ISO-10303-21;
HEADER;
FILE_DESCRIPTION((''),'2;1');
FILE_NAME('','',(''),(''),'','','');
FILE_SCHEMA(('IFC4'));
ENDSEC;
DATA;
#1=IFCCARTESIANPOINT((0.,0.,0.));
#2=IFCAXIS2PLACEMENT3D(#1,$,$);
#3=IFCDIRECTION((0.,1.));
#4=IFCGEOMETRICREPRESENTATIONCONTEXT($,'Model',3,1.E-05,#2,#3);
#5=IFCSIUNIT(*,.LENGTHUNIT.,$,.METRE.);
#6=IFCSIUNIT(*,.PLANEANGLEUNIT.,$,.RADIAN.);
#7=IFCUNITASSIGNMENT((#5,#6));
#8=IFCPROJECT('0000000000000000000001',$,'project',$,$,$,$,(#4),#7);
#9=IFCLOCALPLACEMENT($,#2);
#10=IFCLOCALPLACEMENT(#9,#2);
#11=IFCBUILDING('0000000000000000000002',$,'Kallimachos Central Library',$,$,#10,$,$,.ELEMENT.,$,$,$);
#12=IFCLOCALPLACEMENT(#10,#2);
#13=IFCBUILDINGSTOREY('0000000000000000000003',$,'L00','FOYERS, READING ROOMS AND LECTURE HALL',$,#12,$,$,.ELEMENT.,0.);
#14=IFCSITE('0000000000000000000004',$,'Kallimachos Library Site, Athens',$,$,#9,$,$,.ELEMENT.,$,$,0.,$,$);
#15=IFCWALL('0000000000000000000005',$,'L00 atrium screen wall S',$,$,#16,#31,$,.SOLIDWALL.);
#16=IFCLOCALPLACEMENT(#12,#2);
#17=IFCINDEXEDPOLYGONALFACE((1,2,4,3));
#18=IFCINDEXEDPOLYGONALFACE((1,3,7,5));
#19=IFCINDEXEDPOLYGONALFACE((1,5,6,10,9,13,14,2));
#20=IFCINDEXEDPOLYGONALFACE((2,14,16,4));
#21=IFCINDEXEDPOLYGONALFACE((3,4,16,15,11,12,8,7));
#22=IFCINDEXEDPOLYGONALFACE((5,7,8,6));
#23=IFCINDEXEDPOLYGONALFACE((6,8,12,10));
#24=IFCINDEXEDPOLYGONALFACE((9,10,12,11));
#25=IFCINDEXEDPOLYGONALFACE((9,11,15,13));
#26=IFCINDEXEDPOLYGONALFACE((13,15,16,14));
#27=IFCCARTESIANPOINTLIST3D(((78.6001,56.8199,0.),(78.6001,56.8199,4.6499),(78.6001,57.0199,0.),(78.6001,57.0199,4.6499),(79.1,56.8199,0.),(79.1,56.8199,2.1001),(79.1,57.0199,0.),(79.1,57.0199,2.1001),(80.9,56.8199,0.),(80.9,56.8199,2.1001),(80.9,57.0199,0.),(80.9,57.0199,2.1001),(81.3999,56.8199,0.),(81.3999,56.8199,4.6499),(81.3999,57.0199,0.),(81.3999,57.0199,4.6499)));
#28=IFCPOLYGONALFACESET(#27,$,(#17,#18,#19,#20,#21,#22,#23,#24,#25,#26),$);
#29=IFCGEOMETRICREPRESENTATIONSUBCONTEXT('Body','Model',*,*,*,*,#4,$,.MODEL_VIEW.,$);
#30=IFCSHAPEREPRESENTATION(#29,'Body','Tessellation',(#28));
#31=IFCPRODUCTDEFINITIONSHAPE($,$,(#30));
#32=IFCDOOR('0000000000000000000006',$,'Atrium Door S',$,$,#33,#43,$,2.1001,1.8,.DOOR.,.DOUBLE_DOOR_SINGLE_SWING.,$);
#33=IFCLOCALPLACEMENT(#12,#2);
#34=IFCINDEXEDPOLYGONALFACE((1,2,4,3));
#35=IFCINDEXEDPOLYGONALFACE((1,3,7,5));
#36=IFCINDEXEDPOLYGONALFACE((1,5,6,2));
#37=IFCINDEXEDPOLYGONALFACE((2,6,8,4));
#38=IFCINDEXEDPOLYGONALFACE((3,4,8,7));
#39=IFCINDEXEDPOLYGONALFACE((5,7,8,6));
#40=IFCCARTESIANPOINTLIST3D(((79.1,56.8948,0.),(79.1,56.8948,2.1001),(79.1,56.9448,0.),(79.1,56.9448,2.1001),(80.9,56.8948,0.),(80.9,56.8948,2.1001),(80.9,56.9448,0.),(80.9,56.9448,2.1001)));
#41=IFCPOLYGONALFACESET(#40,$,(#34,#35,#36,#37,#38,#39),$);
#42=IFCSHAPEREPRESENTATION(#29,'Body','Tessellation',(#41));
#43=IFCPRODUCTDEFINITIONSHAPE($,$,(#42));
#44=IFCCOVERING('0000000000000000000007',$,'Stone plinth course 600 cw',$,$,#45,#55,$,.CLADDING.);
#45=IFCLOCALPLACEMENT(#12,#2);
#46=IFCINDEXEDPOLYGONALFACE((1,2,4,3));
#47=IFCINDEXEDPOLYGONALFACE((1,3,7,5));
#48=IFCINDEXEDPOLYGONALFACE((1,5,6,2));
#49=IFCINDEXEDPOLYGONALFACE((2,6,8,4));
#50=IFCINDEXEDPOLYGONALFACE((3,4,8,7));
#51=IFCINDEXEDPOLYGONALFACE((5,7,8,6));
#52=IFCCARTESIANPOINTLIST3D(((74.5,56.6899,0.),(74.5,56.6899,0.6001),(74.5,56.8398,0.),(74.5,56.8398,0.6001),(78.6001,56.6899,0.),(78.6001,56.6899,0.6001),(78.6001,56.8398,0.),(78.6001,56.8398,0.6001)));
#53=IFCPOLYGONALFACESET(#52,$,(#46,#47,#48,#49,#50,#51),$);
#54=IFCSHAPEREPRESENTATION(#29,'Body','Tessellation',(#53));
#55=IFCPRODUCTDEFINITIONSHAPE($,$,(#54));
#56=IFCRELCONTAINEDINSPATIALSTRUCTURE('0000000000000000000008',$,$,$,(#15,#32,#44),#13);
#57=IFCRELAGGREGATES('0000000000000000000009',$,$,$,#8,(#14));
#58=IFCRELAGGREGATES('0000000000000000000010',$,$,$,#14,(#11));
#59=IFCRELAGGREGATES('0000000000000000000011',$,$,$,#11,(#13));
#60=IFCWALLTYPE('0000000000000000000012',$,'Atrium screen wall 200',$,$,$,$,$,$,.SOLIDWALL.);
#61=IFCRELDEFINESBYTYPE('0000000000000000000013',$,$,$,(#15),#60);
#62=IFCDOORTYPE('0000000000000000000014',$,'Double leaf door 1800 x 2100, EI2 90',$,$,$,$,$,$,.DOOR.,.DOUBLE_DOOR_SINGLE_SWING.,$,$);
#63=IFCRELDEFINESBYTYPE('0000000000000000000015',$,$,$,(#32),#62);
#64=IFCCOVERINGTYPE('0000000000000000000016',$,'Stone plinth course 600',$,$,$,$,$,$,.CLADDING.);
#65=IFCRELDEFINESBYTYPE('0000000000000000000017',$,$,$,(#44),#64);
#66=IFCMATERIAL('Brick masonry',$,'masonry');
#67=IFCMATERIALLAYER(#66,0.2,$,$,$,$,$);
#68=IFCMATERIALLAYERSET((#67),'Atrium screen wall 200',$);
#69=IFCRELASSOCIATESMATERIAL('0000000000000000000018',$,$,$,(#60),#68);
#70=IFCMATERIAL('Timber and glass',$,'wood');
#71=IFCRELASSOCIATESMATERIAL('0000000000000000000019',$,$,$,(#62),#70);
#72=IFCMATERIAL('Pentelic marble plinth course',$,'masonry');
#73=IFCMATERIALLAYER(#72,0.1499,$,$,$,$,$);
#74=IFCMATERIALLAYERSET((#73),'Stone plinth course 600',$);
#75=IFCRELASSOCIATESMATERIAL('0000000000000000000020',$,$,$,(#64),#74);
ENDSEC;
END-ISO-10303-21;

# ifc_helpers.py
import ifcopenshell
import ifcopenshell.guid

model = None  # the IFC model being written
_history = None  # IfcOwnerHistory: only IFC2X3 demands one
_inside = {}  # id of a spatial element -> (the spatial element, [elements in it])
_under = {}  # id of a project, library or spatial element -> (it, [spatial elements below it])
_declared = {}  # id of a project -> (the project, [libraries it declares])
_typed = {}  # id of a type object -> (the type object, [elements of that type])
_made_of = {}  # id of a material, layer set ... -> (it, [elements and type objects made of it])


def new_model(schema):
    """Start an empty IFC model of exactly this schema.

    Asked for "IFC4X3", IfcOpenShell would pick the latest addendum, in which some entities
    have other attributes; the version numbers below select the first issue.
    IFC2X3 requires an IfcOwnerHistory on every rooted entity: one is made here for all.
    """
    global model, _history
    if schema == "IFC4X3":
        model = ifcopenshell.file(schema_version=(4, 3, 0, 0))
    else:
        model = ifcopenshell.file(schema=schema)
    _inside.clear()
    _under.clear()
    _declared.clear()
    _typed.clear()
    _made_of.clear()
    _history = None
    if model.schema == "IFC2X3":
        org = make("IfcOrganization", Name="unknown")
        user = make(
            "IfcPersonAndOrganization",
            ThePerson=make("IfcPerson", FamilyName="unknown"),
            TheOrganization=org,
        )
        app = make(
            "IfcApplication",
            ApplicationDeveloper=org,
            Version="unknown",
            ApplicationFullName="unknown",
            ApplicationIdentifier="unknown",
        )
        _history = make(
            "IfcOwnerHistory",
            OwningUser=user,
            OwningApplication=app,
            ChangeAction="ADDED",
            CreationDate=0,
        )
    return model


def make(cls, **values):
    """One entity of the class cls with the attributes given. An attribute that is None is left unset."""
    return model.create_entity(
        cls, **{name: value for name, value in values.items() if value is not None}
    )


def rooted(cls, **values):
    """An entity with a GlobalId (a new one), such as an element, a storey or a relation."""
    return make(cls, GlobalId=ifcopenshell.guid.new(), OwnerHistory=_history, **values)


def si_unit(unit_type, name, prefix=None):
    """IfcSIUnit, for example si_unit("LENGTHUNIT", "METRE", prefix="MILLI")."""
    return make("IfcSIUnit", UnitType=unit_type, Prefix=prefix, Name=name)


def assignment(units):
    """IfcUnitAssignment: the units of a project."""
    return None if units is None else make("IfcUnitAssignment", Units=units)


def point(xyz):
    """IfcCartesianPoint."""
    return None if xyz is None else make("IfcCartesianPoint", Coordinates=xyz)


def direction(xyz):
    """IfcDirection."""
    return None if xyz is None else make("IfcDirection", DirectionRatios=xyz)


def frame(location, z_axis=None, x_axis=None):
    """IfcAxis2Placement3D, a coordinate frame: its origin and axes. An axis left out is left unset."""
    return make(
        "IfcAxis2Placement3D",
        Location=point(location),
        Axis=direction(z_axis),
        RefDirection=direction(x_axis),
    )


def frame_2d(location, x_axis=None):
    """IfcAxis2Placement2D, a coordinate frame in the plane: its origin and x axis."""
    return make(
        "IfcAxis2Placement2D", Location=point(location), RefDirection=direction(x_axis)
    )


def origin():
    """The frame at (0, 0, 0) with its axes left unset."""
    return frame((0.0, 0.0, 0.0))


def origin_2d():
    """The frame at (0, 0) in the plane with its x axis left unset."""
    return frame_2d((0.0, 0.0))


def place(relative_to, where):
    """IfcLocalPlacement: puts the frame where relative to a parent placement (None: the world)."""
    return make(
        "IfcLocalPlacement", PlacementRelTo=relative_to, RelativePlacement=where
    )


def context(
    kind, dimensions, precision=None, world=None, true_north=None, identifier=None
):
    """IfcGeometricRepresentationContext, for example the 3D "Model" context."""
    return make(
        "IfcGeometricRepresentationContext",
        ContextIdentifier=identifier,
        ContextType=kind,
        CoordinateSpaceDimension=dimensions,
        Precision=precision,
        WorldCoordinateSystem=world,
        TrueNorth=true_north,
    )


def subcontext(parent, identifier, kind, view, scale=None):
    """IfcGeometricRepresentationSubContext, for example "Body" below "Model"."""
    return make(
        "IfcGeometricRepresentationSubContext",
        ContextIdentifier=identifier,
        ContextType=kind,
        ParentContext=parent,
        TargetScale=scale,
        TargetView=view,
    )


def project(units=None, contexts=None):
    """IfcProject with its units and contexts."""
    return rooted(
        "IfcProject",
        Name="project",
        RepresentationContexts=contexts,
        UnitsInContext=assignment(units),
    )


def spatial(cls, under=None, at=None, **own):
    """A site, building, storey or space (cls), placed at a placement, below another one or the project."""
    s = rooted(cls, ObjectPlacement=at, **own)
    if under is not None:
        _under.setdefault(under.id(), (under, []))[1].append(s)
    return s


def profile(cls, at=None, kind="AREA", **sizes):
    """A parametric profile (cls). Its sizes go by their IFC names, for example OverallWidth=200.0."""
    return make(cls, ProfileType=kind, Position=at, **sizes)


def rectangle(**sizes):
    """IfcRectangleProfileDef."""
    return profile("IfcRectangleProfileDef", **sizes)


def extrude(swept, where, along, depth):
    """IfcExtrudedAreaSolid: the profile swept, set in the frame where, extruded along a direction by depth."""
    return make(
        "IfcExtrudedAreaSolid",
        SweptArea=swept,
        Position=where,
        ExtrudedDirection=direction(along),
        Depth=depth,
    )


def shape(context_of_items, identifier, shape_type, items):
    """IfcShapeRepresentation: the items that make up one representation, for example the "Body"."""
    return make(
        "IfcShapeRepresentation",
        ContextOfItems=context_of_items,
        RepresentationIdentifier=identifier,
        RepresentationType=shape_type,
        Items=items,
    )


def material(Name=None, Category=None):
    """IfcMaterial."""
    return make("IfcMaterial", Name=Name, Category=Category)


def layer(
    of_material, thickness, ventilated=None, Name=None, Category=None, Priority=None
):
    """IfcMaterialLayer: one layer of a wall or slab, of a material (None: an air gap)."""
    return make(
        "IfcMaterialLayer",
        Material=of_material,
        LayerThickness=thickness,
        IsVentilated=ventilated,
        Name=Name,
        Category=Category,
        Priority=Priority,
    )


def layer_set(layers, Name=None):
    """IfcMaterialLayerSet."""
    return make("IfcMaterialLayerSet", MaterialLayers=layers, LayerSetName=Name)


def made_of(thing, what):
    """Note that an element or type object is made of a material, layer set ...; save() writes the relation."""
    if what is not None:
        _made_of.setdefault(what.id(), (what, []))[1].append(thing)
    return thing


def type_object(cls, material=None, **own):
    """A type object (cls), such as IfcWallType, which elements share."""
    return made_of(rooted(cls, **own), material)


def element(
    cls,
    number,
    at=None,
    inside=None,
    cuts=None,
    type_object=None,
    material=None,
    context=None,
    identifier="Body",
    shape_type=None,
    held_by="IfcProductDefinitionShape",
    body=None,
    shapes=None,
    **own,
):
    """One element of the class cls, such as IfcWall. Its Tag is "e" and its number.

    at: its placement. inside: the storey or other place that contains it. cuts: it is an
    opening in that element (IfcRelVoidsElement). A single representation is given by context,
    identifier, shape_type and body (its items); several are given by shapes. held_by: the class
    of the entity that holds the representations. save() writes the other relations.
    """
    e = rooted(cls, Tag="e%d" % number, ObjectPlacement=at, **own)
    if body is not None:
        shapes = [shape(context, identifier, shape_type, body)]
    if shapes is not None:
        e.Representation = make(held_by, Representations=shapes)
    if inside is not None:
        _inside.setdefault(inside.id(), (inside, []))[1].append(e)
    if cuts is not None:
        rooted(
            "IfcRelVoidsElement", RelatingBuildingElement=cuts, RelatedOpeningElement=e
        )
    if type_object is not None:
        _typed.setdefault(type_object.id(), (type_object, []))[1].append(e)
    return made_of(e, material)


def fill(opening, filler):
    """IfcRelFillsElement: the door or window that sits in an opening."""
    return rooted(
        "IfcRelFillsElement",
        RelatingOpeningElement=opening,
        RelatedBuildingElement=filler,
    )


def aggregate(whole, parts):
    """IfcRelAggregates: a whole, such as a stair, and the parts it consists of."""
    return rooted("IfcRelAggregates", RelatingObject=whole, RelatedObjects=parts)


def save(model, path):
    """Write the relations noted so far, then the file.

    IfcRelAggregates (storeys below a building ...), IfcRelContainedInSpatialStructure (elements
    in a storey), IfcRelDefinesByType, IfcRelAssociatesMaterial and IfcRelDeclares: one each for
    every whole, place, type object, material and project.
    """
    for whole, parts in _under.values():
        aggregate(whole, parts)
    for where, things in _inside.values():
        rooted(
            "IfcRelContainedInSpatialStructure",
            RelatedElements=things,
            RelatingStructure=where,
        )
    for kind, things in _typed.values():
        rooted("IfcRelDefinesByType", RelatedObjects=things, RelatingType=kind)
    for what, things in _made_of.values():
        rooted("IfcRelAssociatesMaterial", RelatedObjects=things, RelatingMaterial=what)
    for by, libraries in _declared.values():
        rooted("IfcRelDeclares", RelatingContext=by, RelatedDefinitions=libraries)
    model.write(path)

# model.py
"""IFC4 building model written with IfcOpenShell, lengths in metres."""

from ifc_helpers import new_model, si_unit, direction, frame, frame_2d, origin, origin_2d, place, context, subcontext, project, spatial, rectangle, extrude, material, layer, layer_set, type_object, element, fill, save


model = new_model("IFC4")

# Units and contexts
model_context = context("Model", 3, precision=1e-05, world=origin(), true_north=direction((0.0, 1.0)))
body_context = subcontext(model_context, "Body", "Model", "MODEL_VIEW")
ifc_project = project(units=[si_unit("LENGTHUNIT", "METRE"), si_unit("PLANEANGLEUNIT", "RADIAN")], contexts=[model_context])

# Site, building, storey
site_placement = place(None, origin())
site = spatial("IfcSite", under=ifc_project, at=site_placement, Name="Kallimachos Library Site, Athens", CompositionType="ELEMENT", RefElevation=0.0)
building_placement = place(site_placement, origin())
building = spatial("IfcBuilding", under=site, at=building_placement, Name="Kallimachos Central Library", CompositionType="ELEMENT")
storey_placement = place(building_placement, origin())
storey = spatial("IfcBuildingStorey", under=building, at=storey_placement, Name="L00", Description="FOYERS, READING ROOMS AND LECTURE HALL", CompositionType="ELEMENT", Elevation=0.0)

# Wall, opening, door
ifc_material_1 = material(Name="Brick masonry", Category="masonry")
ifc_layer_1 = layer(ifc_material_1, 0.2)
ifc_layer_set_1 = layer_set([ifc_layer_1], Name="Atrium screen wall 200")
wall_type = type_object("IfcWallType", Name="Atrium screen wall 200", PredefinedType="SOLIDWALL", material=ifc_layer_set_1)
wall_placement = place(storey_placement, frame((78.6001, 56.9199, 0.0), z_axis=(0.0, 0.0, 1.0), x_axis=(1.0, 0.0, 0.0)))
wall = element("IfcWall", 1, at=wall_placement, inside=storey, type_object=wall_type, Name="L00 atrium screen wall S", PredefinedType="SOLIDWALL", context=body_context, shape_type="SweptSolid", body=[
    extrude(rectangle(XDim=2.7998, YDim=0.2, at=frame_2d((1.3999, 0.0))), origin(), (0.0, 0.0, 1.0), 4.6499),
])
opening_placement = place(wall_placement, frame((0.5, 0.0, 0.0)))
opening = element("IfcOpeningElement", 2, at=opening_placement, cuts=wall, PredefinedType="OPENING", context=body_context, shape_type="SweptSolid", body=[
    extrude(rectangle(XDim=1.8, YDim=2.1001, at=frame_2d((0.8999, 1.05))), frame((0.0, 0.1099, 0.0), z_axis=(0.0, -1.0, 0.0), x_axis=(1.0, 0.0, 0.0)), (0.0, 0.0, 1.0), 0.22),
])
ifc_material_2 = material(Name="Timber and glass", Category="wood")
door_type = type_object("IfcDoorType", Name="Double leaf door 1800 x 2100, EI2 90", OperationType="DOUBLE_DOOR_SINGLE_SWING", PredefinedType="DOOR", material=ifc_material_2)
door_placement = place(opening_placement, origin())
door = element("IfcDoor", 3, at=door_placement, inside=storey, type_object=door_type, Name="Atrium Door S", OperationType="DOUBLE_DOOR_SINGLE_SWING", OverallHeight=2.1001, OverallWidth=1.8, PredefinedType="DOOR", context=body_context, shape_type="SweptSolid", body=[
    extrude(rectangle(XDim=1.8, YDim=2.1001, at=frame_2d((0.8999, 1.05))), frame((0.0, 0.0249, 0.0), z_axis=(0.0, -1.0, 0.0), x_axis=(1.0, 0.0, 0.0)), (0.0, 0.0, 1.0), 0.05),
])
fill(opening, door)

# Covering
ifc_material_3 = material(Name="Pentelic marble plinth course", Category="masonry")
ifc_layer_2 = layer(ifc_material_3, 0.1499)
ifc_layer_set_2 = layer_set([ifc_layer_2], Name="Stone plinth course 600")
covering_type = type_object("IfcCoveringType", Name="Stone plinth course 600", PredefinedType="CLADDING", material=ifc_layer_set_2)
covering_placement = place(storey_placement, frame((76.55, 56.7649, 0.0), z_axis=(0.0, 0.0, 1.0), x_axis=(1.0, 0.0, 0.0)))
element("IfcCovering", 4, at=covering_placement, inside=storey, type_object=covering_type, Name="Stone plinth course 600 cw", PredefinedType="CLADDING", context=body_context, shape_type="SweptSolid", body=[
    extrude(rectangle(XDim=4.1001, YDim=0.1499, at=origin_2d()), origin(), (0.0, 0.0, 1.0), 0.6001),
])

save(model, "model.ifc")
